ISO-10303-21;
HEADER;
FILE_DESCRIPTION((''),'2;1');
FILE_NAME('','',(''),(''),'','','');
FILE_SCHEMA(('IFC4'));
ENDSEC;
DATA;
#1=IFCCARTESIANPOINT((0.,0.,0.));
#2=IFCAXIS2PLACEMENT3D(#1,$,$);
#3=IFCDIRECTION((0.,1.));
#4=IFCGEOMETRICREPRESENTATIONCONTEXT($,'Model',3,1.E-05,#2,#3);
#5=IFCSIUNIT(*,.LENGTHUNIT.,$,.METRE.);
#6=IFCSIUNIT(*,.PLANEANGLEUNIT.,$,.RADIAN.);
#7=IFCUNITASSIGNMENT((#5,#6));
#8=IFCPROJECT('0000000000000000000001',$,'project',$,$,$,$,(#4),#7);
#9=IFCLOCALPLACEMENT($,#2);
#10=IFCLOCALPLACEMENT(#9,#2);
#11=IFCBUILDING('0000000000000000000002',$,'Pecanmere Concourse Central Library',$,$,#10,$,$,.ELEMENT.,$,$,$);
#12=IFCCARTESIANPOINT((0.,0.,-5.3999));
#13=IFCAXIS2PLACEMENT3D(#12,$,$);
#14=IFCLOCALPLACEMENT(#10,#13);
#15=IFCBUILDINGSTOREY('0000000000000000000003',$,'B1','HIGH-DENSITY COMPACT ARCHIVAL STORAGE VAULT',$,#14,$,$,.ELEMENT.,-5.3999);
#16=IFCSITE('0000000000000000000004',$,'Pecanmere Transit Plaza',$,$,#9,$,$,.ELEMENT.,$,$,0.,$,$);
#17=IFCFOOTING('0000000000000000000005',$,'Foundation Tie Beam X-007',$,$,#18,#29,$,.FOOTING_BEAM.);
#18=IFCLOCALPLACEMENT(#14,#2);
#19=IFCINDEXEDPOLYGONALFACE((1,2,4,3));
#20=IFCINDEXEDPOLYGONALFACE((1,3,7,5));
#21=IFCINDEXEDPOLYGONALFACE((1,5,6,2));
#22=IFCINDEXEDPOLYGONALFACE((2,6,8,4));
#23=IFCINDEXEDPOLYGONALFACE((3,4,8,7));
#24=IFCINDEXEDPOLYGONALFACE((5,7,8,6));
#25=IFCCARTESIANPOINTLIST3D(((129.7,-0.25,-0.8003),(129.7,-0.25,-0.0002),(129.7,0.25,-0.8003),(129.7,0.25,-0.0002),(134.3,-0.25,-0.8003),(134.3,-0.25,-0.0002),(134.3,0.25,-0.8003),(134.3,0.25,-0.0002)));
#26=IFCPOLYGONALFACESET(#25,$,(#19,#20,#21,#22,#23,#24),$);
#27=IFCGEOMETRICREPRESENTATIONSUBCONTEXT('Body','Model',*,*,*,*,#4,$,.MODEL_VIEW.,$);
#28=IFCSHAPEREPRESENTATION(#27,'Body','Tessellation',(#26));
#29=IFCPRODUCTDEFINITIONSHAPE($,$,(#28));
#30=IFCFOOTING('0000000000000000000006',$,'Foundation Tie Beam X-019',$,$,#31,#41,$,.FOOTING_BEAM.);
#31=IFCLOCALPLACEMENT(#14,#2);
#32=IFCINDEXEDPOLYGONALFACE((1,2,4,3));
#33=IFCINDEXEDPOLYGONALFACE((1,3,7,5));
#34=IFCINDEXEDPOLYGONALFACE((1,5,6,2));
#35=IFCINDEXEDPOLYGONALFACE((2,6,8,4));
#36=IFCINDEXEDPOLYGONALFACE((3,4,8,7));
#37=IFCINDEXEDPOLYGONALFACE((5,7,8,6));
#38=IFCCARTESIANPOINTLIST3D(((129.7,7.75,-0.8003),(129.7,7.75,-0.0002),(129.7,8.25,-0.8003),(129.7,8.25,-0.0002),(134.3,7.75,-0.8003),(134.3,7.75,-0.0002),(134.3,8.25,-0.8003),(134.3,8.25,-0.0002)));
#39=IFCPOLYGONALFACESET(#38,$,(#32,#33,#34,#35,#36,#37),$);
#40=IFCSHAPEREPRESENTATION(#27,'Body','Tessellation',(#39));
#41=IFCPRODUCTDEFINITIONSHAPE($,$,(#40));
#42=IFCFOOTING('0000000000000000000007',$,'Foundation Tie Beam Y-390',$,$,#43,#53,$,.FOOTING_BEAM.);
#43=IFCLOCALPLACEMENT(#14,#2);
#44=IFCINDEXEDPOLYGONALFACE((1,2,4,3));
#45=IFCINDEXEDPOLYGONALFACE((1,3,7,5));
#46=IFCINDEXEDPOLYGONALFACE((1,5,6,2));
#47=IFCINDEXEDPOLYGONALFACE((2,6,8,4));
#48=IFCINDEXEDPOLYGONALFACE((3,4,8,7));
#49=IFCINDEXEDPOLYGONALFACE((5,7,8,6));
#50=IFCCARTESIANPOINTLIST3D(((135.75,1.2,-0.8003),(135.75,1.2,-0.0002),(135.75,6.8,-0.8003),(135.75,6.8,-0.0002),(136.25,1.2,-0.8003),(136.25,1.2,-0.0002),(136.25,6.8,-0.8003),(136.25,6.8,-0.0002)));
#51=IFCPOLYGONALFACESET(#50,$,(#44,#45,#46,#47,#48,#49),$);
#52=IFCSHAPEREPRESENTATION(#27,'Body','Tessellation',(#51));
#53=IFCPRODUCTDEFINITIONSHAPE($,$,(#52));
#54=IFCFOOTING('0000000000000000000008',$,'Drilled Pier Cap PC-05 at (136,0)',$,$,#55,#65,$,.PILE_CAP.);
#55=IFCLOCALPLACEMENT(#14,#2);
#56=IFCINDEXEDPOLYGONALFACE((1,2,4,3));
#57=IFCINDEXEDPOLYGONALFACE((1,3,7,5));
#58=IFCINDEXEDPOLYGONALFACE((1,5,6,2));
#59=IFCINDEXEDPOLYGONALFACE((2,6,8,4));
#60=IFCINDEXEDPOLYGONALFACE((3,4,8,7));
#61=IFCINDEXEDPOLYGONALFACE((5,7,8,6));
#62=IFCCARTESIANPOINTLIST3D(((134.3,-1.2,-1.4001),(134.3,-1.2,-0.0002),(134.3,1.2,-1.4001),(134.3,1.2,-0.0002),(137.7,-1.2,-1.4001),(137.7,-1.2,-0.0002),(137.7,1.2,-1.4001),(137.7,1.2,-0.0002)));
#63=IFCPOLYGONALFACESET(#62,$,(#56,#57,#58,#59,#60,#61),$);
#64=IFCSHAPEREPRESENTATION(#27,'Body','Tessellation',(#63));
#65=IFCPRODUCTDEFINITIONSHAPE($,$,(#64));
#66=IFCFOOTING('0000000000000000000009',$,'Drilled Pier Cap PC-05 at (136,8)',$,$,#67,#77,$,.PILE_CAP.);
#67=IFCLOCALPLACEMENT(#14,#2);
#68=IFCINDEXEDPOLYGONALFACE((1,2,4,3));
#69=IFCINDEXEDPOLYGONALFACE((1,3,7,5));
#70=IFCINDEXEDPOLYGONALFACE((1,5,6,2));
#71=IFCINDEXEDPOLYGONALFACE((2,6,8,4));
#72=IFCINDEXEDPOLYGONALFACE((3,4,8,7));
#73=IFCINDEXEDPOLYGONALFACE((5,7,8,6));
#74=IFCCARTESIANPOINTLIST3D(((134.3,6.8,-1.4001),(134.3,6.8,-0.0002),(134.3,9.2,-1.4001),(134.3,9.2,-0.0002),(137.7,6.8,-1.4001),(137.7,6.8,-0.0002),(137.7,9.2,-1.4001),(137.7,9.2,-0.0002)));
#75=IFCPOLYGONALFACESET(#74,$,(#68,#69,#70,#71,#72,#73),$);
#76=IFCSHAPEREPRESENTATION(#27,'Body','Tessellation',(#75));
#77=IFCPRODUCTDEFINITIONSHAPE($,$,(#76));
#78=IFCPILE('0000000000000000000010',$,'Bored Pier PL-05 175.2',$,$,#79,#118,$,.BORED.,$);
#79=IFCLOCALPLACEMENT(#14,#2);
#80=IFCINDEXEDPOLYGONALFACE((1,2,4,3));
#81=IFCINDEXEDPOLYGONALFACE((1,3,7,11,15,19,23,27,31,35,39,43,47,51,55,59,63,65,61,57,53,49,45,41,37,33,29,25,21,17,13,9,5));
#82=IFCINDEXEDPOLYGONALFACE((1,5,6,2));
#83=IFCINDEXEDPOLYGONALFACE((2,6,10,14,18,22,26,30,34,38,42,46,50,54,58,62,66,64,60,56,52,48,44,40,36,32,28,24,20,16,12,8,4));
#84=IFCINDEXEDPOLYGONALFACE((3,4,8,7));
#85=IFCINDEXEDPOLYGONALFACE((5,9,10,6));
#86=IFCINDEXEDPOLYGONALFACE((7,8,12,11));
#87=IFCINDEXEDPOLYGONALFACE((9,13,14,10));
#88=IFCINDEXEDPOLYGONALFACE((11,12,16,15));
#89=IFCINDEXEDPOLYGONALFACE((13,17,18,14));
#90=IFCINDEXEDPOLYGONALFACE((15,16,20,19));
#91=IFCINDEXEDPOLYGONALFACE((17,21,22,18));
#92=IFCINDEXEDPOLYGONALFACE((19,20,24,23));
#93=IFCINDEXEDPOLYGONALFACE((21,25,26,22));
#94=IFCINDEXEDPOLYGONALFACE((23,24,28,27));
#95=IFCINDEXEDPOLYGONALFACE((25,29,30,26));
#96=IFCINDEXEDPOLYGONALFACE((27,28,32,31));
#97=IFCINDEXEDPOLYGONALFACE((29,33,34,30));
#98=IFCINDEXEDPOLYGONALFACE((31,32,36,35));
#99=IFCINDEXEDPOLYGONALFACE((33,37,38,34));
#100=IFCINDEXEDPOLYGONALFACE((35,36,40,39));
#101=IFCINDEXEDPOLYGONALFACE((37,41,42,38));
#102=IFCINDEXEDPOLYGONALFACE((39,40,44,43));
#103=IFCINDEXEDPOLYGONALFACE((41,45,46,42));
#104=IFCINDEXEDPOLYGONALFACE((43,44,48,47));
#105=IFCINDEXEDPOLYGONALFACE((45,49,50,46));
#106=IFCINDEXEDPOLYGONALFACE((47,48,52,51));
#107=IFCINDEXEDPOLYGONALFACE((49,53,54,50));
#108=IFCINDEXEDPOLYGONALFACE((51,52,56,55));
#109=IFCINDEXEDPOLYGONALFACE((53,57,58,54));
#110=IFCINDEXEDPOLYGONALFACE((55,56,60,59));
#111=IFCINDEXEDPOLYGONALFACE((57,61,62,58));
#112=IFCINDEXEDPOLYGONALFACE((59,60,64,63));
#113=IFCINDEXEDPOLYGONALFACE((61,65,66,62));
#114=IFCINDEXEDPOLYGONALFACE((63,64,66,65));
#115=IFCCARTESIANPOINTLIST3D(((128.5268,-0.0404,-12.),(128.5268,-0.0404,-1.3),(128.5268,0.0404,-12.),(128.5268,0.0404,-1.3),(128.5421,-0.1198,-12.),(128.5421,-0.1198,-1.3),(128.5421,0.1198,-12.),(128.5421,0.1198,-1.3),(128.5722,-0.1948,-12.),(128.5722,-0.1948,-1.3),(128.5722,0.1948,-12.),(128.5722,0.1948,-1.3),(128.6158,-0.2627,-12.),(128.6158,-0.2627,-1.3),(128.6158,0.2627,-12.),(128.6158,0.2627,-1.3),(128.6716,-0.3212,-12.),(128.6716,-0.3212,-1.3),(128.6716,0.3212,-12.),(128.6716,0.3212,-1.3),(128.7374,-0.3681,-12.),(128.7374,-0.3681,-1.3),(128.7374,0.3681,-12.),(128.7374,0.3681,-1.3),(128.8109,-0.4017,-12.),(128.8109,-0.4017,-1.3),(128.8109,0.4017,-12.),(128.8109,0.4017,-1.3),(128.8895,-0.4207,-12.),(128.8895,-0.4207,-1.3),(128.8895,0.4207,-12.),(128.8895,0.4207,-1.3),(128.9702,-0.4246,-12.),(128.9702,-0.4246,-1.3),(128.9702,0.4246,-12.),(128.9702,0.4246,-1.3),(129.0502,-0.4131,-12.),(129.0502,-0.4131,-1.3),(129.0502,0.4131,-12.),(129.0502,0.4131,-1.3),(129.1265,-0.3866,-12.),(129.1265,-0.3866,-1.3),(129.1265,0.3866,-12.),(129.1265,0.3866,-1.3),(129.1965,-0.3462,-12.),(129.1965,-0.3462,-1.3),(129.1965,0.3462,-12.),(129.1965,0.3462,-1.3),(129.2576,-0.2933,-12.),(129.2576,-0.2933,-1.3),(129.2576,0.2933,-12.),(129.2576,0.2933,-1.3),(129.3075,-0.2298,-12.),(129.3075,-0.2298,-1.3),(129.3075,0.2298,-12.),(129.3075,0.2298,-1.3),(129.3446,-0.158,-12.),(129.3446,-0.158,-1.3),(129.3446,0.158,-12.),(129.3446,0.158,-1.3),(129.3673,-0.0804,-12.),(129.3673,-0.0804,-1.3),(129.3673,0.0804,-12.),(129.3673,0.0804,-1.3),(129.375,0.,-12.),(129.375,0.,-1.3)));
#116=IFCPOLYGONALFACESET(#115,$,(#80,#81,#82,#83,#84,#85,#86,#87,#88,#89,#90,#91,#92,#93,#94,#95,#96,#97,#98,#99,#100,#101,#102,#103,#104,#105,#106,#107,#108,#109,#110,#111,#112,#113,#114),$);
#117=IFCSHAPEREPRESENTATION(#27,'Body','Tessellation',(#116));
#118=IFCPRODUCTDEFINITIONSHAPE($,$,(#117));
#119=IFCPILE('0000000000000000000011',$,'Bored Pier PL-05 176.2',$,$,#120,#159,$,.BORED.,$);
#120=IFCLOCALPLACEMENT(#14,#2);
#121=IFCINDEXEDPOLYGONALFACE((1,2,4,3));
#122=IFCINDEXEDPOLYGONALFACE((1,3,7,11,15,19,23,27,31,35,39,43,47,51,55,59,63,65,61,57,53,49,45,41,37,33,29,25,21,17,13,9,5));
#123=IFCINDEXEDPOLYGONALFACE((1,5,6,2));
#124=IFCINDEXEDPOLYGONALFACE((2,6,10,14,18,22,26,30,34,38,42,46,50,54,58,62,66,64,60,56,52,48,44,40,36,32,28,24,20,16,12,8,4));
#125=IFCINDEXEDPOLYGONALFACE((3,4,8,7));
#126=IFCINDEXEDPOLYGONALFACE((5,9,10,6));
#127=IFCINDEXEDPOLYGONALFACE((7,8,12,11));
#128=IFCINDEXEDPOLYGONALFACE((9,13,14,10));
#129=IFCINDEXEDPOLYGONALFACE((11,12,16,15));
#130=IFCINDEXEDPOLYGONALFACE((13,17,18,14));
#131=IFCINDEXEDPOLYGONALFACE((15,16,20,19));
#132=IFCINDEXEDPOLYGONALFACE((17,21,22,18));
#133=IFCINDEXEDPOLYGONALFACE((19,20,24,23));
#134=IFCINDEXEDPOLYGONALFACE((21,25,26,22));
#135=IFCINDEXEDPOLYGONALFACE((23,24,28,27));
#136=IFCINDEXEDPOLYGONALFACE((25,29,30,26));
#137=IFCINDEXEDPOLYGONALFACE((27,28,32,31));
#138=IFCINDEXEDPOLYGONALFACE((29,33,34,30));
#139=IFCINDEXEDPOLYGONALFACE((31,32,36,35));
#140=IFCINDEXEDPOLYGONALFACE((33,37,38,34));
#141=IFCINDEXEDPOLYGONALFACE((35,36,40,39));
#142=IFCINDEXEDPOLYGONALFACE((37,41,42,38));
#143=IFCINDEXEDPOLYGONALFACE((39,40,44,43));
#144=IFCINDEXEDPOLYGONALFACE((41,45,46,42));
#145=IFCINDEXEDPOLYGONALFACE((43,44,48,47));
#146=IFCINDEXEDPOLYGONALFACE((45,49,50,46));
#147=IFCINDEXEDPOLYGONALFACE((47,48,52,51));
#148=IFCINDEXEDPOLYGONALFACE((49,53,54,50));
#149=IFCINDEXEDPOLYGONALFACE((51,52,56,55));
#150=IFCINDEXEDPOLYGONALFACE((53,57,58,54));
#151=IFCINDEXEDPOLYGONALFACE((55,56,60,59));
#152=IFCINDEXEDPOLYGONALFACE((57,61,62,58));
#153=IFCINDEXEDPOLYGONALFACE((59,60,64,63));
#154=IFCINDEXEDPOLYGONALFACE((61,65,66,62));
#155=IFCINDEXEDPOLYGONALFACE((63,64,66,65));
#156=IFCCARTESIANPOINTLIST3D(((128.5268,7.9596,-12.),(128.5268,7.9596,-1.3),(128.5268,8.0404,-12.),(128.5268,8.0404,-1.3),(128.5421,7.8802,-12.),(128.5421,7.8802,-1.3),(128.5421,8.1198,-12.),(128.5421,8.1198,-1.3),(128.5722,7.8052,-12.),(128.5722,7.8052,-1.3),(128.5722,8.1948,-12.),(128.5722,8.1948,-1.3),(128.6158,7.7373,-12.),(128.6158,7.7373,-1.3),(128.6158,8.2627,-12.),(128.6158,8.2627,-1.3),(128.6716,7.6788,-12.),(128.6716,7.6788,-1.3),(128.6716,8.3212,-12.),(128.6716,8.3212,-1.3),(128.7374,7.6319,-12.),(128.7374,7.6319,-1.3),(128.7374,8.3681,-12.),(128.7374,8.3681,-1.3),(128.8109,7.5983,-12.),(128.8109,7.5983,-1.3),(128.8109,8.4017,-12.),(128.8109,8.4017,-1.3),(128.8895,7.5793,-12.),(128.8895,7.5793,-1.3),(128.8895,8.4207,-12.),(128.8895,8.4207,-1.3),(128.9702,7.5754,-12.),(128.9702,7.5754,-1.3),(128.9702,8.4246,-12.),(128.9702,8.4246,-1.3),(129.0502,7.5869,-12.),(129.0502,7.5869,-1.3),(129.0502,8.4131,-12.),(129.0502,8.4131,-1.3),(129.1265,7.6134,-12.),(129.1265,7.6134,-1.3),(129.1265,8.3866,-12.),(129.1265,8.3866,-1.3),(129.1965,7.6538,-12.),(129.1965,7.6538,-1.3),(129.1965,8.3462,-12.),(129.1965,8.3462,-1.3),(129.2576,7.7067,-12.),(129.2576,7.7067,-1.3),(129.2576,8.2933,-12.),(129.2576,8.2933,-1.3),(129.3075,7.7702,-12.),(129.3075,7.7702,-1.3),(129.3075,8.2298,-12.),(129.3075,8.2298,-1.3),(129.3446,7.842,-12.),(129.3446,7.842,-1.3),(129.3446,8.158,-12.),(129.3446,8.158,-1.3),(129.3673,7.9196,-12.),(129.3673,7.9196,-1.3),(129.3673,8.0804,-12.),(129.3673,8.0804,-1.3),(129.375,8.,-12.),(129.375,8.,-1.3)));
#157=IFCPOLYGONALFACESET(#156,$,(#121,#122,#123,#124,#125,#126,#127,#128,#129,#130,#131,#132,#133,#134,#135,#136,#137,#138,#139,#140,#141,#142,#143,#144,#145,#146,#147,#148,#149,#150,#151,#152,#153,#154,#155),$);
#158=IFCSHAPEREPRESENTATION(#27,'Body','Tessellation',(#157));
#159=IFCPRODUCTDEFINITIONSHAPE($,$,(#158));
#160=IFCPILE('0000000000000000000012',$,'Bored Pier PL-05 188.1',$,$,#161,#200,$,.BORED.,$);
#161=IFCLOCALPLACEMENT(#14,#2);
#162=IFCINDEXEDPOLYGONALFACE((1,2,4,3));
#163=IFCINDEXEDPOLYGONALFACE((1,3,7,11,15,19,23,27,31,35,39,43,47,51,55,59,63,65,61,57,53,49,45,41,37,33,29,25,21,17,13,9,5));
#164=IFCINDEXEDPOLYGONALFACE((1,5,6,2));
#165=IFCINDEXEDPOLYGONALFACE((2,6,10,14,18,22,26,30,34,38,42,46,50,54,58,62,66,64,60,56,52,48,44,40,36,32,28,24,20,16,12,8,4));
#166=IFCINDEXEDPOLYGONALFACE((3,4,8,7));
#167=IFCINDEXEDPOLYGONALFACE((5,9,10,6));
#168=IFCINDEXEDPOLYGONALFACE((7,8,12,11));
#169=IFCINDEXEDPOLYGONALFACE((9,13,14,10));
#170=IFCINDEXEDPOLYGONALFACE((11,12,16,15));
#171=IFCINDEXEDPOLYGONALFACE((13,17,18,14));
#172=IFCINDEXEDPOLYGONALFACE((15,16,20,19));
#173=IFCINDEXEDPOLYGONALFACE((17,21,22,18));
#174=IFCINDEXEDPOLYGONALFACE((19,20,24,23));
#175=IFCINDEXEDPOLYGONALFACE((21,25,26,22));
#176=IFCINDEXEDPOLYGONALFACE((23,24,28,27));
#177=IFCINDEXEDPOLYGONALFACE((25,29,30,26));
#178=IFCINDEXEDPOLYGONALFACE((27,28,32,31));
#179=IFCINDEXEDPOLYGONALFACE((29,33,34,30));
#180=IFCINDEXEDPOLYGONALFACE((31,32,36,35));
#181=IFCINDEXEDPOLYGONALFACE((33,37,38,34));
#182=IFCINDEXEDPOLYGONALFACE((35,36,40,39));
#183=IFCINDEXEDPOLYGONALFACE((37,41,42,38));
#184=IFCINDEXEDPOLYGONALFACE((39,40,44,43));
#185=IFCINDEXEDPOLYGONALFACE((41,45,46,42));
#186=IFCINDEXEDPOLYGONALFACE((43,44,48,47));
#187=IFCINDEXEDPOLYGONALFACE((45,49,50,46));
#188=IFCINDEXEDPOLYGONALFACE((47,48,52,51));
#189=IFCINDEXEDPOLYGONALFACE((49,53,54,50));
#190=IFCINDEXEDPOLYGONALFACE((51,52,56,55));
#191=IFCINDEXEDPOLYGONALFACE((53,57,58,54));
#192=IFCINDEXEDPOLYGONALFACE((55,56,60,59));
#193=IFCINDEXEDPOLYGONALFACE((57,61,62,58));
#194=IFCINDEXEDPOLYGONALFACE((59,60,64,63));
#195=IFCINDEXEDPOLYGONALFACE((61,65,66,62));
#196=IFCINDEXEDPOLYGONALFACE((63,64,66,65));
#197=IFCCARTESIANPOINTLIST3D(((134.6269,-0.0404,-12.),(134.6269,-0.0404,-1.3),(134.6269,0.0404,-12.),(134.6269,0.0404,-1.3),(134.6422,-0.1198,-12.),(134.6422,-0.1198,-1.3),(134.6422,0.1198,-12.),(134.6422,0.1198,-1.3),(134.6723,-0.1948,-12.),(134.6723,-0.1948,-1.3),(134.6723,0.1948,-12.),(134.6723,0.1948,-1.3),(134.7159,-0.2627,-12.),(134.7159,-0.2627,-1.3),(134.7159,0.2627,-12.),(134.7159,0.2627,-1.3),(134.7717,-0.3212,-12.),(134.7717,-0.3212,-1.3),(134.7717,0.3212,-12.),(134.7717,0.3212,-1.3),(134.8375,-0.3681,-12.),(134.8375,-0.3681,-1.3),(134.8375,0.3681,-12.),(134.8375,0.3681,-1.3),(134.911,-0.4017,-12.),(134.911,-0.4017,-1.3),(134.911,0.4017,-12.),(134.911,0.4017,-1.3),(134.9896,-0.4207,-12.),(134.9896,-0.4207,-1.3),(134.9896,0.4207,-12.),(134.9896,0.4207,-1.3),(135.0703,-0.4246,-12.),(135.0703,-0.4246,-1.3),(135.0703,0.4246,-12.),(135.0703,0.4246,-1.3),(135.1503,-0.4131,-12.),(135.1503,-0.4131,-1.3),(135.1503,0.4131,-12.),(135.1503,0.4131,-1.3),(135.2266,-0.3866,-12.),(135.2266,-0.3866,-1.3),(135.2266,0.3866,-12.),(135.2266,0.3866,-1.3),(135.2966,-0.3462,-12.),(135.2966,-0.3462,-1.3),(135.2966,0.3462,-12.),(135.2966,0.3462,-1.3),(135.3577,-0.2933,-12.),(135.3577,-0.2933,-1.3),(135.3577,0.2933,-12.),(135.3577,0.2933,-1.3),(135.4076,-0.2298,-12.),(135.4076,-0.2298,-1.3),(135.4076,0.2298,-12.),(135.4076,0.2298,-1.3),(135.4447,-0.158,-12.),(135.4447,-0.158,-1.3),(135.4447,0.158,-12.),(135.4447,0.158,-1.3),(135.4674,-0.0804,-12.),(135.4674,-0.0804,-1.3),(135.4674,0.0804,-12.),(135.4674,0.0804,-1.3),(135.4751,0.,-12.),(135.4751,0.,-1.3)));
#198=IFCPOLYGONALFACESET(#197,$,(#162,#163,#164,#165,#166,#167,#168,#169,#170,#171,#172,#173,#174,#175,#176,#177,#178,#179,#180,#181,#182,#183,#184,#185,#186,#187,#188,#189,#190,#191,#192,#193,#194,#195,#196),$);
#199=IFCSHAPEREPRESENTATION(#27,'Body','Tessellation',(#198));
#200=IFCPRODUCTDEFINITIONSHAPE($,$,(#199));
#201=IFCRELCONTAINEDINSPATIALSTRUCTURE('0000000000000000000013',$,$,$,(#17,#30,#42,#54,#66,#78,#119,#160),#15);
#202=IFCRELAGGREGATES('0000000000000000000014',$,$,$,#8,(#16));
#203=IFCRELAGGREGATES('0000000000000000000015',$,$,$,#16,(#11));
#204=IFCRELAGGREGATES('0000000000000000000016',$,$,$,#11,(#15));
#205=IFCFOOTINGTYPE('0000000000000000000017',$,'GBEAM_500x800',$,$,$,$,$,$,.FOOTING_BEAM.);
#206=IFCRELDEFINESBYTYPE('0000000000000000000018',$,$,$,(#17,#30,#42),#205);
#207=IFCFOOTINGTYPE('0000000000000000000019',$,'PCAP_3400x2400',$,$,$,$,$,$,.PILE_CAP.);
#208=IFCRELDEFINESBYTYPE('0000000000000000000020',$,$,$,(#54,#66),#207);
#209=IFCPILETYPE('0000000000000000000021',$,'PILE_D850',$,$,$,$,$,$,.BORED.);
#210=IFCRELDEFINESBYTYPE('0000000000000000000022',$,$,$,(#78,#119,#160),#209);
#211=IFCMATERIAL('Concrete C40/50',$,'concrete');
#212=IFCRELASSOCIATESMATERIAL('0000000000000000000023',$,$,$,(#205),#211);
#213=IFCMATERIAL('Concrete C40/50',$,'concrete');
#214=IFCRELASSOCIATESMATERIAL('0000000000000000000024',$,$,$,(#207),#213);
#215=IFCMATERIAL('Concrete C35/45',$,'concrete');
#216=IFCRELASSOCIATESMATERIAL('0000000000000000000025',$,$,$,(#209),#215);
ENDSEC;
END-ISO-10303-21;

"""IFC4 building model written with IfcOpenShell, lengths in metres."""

from ifc_helpers import new_model, si_unit, direction, frame, origin, origin_2d, place, context, subcontext, project, spatial, rectangle, circle, extrude, material, material_profile, profile_set, type_object, element, save


model = new_model("IFC4")

# Units and contexts
model_context = context("Model", 3, precision=1e-05, world=origin(), true_north=direction((0.0, 1.0)))
body_context = subcontext(model_context, "Body", "Model", "MODEL_VIEW")
ifc_project = project(units=[si_unit("LENGTHUNIT", "METRE"), si_unit("PLANEANGLEUNIT", "RADIAN")], contexts=[model_context])

# Site, building, storey
site_placement = place(None, origin())
site = spatial("IfcSite", under=ifc_project, at=site_placement, Name="Pecanmere Transit Plaza", CompositionType="ELEMENT", RefElevation=0.0)
building_placement = place(site_placement, origin())
building = spatial("IfcBuilding", under=site, at=building_placement, Name="Pecanmere Concourse Central Library", CompositionType="ELEMENT")
storey_placement = place(building_placement, frame((0.0, 0.0, -5.3999)))
storey = spatial("IfcBuildingStorey", under=building, at=storey_placement, Name="B1", Description="HIGH-DENSITY COMPACT ARCHIVAL STORAGE VAULT", CompositionType="ELEMENT", Elevation=-5.3999)

# Footings
ifc_material_1 = material(Name="Concrete C40/50", Category="concrete")
ifc_material_profile_1 = material_profile(ifc_material_1, rectangle(XDim=0.5, YDim=0.8, at=origin_2d()), Name="RC 500x800")
ifc_profile_set_1 = profile_set([ifc_material_profile_1], Name="Concrete C40/50")
footing_type_1 = type_object("IfcFootingType", Name="GBEAM_500x800", PredefinedType="FOOTING_BEAM", material=ifc_profile_set_1)
for number, where, z_axis, x_axis, name in (
    (1, (132.0, 0.0, -0.8003), (0.0, 0.0, 1.0), (1.0, 0.0, 0.0), "Foundation Tie Beam X-007"),
    (2, (132.0, 8.0, -0.8003), (0.0, 0.0, 1.0), (1.0, 0.0, 0.0), "Foundation Tie Beam X-019"),
):
    element("IfcFooting", number, at=place(storey_placement, frame(where, z_axis=z_axis, x_axis=x_axis)), inside=storey, type_object=footing_type_1, Name=name, PredefinedType="FOOTING_BEAM", context=body_context, shape_type="SweptSolid", body=[
        extrude(rectangle(XDim=4.6001, YDim=0.5, at=origin_2d()), origin(), (0.0, 0.0, 1.0), 0.8),
    ])
footing_placement = place(storey_placement, frame((136.0, 4.0, -0.8003), z_axis=(0.0, 0.0, 1.0), x_axis=(0.0, 1.0, 0.0)))
element("IfcFooting", 3, at=footing_placement, inside=storey, type_object=footing_type_1, Name="Foundation Tie Beam Y-390", PredefinedType="FOOTING_BEAM", context=body_context, shape_type="SweptSolid", body=[
    extrude(rectangle(XDim=5.6001, YDim=0.5, at=origin_2d()), origin(), (0.0, 0.0, 1.0), 0.8),
])
ifc_material_2 = material(Name="Concrete C40/50", Category="concrete")
footing_type_2 = type_object("IfcFootingType", Name="PCAP_3400x2400", PredefinedType="PILE_CAP", material=ifc_material_2)
for number, where, z_axis, x_axis, name in (
    (4, (136.0, 0.0, -1.4001), (0.0, 0.0, 1.0), (1.0, 0.0, 0.0), "Drilled Pier Cap PC-05 at (136,0)"),
    (5, (136.0, 8.0, -1.4001), (0.0, 0.0, 1.0), (1.0, 0.0, 0.0), "Drilled Pier Cap PC-05 at (136,8)"),
):
    element("IfcFooting", number, at=place(storey_placement, frame(where, z_axis=z_axis, x_axis=x_axis)), inside=storey, type_object=footing_type_2, Name=name, PredefinedType="PILE_CAP", context=body_context, shape_type="SweptSolid", body=[
        extrude(rectangle(XDim=3.3999, YDim=2.3999, at=origin_2d()), origin(), (0.0, 0.0, 1.0), 1.3999),
    ])

# Piles
ifc_material_3 = material(Name="Concrete C35/45", Category="concrete")
ifc_material_profile_2 = material_profile(ifc_material_3, circle(Radius=0.425, at=origin_2d()), Name="PIER D850")
ifc_profile_set_2 = profile_set([ifc_material_profile_2], Name="Concrete C35/45")
pile_type = type_object("IfcPileType", Name="PILE_D850", PredefinedType="BORED", material=ifc_profile_set_2)
for number, where, z_axis, x_axis, name in (
    (6, (128.95, 0.0, -1.3), (0.0, 0.0, -1.0), (1.0, 0.0, 0.0), "Bored Pier PL-05 175.2"),
    (7, (128.95, 8.0, -1.3), (0.0, 0.0, -1.0), (1.0, 0.0, 0.0), "Bored Pier PL-05 176.2"),
    (8, (135.05, 0.0, -1.3), (0.0, 0.0, -1.0), (1.0, 0.0, 0.0), "Bored Pier PL-05 188.1"),
):
    element("IfcPile", number, at=place(storey_placement, frame(where, z_axis=z_axis, x_axis=x_axis)), inside=storey, type_object=pile_type, Name=name, PredefinedType="BORED", context=body_context, shape_type="SweptSolid", body=[
        extrude(circle(Radius=0.425, at=origin_2d()), origin(), (0.0, 0.0, 1.0), 10.7),
    ])

save(model, "model.ifc")
